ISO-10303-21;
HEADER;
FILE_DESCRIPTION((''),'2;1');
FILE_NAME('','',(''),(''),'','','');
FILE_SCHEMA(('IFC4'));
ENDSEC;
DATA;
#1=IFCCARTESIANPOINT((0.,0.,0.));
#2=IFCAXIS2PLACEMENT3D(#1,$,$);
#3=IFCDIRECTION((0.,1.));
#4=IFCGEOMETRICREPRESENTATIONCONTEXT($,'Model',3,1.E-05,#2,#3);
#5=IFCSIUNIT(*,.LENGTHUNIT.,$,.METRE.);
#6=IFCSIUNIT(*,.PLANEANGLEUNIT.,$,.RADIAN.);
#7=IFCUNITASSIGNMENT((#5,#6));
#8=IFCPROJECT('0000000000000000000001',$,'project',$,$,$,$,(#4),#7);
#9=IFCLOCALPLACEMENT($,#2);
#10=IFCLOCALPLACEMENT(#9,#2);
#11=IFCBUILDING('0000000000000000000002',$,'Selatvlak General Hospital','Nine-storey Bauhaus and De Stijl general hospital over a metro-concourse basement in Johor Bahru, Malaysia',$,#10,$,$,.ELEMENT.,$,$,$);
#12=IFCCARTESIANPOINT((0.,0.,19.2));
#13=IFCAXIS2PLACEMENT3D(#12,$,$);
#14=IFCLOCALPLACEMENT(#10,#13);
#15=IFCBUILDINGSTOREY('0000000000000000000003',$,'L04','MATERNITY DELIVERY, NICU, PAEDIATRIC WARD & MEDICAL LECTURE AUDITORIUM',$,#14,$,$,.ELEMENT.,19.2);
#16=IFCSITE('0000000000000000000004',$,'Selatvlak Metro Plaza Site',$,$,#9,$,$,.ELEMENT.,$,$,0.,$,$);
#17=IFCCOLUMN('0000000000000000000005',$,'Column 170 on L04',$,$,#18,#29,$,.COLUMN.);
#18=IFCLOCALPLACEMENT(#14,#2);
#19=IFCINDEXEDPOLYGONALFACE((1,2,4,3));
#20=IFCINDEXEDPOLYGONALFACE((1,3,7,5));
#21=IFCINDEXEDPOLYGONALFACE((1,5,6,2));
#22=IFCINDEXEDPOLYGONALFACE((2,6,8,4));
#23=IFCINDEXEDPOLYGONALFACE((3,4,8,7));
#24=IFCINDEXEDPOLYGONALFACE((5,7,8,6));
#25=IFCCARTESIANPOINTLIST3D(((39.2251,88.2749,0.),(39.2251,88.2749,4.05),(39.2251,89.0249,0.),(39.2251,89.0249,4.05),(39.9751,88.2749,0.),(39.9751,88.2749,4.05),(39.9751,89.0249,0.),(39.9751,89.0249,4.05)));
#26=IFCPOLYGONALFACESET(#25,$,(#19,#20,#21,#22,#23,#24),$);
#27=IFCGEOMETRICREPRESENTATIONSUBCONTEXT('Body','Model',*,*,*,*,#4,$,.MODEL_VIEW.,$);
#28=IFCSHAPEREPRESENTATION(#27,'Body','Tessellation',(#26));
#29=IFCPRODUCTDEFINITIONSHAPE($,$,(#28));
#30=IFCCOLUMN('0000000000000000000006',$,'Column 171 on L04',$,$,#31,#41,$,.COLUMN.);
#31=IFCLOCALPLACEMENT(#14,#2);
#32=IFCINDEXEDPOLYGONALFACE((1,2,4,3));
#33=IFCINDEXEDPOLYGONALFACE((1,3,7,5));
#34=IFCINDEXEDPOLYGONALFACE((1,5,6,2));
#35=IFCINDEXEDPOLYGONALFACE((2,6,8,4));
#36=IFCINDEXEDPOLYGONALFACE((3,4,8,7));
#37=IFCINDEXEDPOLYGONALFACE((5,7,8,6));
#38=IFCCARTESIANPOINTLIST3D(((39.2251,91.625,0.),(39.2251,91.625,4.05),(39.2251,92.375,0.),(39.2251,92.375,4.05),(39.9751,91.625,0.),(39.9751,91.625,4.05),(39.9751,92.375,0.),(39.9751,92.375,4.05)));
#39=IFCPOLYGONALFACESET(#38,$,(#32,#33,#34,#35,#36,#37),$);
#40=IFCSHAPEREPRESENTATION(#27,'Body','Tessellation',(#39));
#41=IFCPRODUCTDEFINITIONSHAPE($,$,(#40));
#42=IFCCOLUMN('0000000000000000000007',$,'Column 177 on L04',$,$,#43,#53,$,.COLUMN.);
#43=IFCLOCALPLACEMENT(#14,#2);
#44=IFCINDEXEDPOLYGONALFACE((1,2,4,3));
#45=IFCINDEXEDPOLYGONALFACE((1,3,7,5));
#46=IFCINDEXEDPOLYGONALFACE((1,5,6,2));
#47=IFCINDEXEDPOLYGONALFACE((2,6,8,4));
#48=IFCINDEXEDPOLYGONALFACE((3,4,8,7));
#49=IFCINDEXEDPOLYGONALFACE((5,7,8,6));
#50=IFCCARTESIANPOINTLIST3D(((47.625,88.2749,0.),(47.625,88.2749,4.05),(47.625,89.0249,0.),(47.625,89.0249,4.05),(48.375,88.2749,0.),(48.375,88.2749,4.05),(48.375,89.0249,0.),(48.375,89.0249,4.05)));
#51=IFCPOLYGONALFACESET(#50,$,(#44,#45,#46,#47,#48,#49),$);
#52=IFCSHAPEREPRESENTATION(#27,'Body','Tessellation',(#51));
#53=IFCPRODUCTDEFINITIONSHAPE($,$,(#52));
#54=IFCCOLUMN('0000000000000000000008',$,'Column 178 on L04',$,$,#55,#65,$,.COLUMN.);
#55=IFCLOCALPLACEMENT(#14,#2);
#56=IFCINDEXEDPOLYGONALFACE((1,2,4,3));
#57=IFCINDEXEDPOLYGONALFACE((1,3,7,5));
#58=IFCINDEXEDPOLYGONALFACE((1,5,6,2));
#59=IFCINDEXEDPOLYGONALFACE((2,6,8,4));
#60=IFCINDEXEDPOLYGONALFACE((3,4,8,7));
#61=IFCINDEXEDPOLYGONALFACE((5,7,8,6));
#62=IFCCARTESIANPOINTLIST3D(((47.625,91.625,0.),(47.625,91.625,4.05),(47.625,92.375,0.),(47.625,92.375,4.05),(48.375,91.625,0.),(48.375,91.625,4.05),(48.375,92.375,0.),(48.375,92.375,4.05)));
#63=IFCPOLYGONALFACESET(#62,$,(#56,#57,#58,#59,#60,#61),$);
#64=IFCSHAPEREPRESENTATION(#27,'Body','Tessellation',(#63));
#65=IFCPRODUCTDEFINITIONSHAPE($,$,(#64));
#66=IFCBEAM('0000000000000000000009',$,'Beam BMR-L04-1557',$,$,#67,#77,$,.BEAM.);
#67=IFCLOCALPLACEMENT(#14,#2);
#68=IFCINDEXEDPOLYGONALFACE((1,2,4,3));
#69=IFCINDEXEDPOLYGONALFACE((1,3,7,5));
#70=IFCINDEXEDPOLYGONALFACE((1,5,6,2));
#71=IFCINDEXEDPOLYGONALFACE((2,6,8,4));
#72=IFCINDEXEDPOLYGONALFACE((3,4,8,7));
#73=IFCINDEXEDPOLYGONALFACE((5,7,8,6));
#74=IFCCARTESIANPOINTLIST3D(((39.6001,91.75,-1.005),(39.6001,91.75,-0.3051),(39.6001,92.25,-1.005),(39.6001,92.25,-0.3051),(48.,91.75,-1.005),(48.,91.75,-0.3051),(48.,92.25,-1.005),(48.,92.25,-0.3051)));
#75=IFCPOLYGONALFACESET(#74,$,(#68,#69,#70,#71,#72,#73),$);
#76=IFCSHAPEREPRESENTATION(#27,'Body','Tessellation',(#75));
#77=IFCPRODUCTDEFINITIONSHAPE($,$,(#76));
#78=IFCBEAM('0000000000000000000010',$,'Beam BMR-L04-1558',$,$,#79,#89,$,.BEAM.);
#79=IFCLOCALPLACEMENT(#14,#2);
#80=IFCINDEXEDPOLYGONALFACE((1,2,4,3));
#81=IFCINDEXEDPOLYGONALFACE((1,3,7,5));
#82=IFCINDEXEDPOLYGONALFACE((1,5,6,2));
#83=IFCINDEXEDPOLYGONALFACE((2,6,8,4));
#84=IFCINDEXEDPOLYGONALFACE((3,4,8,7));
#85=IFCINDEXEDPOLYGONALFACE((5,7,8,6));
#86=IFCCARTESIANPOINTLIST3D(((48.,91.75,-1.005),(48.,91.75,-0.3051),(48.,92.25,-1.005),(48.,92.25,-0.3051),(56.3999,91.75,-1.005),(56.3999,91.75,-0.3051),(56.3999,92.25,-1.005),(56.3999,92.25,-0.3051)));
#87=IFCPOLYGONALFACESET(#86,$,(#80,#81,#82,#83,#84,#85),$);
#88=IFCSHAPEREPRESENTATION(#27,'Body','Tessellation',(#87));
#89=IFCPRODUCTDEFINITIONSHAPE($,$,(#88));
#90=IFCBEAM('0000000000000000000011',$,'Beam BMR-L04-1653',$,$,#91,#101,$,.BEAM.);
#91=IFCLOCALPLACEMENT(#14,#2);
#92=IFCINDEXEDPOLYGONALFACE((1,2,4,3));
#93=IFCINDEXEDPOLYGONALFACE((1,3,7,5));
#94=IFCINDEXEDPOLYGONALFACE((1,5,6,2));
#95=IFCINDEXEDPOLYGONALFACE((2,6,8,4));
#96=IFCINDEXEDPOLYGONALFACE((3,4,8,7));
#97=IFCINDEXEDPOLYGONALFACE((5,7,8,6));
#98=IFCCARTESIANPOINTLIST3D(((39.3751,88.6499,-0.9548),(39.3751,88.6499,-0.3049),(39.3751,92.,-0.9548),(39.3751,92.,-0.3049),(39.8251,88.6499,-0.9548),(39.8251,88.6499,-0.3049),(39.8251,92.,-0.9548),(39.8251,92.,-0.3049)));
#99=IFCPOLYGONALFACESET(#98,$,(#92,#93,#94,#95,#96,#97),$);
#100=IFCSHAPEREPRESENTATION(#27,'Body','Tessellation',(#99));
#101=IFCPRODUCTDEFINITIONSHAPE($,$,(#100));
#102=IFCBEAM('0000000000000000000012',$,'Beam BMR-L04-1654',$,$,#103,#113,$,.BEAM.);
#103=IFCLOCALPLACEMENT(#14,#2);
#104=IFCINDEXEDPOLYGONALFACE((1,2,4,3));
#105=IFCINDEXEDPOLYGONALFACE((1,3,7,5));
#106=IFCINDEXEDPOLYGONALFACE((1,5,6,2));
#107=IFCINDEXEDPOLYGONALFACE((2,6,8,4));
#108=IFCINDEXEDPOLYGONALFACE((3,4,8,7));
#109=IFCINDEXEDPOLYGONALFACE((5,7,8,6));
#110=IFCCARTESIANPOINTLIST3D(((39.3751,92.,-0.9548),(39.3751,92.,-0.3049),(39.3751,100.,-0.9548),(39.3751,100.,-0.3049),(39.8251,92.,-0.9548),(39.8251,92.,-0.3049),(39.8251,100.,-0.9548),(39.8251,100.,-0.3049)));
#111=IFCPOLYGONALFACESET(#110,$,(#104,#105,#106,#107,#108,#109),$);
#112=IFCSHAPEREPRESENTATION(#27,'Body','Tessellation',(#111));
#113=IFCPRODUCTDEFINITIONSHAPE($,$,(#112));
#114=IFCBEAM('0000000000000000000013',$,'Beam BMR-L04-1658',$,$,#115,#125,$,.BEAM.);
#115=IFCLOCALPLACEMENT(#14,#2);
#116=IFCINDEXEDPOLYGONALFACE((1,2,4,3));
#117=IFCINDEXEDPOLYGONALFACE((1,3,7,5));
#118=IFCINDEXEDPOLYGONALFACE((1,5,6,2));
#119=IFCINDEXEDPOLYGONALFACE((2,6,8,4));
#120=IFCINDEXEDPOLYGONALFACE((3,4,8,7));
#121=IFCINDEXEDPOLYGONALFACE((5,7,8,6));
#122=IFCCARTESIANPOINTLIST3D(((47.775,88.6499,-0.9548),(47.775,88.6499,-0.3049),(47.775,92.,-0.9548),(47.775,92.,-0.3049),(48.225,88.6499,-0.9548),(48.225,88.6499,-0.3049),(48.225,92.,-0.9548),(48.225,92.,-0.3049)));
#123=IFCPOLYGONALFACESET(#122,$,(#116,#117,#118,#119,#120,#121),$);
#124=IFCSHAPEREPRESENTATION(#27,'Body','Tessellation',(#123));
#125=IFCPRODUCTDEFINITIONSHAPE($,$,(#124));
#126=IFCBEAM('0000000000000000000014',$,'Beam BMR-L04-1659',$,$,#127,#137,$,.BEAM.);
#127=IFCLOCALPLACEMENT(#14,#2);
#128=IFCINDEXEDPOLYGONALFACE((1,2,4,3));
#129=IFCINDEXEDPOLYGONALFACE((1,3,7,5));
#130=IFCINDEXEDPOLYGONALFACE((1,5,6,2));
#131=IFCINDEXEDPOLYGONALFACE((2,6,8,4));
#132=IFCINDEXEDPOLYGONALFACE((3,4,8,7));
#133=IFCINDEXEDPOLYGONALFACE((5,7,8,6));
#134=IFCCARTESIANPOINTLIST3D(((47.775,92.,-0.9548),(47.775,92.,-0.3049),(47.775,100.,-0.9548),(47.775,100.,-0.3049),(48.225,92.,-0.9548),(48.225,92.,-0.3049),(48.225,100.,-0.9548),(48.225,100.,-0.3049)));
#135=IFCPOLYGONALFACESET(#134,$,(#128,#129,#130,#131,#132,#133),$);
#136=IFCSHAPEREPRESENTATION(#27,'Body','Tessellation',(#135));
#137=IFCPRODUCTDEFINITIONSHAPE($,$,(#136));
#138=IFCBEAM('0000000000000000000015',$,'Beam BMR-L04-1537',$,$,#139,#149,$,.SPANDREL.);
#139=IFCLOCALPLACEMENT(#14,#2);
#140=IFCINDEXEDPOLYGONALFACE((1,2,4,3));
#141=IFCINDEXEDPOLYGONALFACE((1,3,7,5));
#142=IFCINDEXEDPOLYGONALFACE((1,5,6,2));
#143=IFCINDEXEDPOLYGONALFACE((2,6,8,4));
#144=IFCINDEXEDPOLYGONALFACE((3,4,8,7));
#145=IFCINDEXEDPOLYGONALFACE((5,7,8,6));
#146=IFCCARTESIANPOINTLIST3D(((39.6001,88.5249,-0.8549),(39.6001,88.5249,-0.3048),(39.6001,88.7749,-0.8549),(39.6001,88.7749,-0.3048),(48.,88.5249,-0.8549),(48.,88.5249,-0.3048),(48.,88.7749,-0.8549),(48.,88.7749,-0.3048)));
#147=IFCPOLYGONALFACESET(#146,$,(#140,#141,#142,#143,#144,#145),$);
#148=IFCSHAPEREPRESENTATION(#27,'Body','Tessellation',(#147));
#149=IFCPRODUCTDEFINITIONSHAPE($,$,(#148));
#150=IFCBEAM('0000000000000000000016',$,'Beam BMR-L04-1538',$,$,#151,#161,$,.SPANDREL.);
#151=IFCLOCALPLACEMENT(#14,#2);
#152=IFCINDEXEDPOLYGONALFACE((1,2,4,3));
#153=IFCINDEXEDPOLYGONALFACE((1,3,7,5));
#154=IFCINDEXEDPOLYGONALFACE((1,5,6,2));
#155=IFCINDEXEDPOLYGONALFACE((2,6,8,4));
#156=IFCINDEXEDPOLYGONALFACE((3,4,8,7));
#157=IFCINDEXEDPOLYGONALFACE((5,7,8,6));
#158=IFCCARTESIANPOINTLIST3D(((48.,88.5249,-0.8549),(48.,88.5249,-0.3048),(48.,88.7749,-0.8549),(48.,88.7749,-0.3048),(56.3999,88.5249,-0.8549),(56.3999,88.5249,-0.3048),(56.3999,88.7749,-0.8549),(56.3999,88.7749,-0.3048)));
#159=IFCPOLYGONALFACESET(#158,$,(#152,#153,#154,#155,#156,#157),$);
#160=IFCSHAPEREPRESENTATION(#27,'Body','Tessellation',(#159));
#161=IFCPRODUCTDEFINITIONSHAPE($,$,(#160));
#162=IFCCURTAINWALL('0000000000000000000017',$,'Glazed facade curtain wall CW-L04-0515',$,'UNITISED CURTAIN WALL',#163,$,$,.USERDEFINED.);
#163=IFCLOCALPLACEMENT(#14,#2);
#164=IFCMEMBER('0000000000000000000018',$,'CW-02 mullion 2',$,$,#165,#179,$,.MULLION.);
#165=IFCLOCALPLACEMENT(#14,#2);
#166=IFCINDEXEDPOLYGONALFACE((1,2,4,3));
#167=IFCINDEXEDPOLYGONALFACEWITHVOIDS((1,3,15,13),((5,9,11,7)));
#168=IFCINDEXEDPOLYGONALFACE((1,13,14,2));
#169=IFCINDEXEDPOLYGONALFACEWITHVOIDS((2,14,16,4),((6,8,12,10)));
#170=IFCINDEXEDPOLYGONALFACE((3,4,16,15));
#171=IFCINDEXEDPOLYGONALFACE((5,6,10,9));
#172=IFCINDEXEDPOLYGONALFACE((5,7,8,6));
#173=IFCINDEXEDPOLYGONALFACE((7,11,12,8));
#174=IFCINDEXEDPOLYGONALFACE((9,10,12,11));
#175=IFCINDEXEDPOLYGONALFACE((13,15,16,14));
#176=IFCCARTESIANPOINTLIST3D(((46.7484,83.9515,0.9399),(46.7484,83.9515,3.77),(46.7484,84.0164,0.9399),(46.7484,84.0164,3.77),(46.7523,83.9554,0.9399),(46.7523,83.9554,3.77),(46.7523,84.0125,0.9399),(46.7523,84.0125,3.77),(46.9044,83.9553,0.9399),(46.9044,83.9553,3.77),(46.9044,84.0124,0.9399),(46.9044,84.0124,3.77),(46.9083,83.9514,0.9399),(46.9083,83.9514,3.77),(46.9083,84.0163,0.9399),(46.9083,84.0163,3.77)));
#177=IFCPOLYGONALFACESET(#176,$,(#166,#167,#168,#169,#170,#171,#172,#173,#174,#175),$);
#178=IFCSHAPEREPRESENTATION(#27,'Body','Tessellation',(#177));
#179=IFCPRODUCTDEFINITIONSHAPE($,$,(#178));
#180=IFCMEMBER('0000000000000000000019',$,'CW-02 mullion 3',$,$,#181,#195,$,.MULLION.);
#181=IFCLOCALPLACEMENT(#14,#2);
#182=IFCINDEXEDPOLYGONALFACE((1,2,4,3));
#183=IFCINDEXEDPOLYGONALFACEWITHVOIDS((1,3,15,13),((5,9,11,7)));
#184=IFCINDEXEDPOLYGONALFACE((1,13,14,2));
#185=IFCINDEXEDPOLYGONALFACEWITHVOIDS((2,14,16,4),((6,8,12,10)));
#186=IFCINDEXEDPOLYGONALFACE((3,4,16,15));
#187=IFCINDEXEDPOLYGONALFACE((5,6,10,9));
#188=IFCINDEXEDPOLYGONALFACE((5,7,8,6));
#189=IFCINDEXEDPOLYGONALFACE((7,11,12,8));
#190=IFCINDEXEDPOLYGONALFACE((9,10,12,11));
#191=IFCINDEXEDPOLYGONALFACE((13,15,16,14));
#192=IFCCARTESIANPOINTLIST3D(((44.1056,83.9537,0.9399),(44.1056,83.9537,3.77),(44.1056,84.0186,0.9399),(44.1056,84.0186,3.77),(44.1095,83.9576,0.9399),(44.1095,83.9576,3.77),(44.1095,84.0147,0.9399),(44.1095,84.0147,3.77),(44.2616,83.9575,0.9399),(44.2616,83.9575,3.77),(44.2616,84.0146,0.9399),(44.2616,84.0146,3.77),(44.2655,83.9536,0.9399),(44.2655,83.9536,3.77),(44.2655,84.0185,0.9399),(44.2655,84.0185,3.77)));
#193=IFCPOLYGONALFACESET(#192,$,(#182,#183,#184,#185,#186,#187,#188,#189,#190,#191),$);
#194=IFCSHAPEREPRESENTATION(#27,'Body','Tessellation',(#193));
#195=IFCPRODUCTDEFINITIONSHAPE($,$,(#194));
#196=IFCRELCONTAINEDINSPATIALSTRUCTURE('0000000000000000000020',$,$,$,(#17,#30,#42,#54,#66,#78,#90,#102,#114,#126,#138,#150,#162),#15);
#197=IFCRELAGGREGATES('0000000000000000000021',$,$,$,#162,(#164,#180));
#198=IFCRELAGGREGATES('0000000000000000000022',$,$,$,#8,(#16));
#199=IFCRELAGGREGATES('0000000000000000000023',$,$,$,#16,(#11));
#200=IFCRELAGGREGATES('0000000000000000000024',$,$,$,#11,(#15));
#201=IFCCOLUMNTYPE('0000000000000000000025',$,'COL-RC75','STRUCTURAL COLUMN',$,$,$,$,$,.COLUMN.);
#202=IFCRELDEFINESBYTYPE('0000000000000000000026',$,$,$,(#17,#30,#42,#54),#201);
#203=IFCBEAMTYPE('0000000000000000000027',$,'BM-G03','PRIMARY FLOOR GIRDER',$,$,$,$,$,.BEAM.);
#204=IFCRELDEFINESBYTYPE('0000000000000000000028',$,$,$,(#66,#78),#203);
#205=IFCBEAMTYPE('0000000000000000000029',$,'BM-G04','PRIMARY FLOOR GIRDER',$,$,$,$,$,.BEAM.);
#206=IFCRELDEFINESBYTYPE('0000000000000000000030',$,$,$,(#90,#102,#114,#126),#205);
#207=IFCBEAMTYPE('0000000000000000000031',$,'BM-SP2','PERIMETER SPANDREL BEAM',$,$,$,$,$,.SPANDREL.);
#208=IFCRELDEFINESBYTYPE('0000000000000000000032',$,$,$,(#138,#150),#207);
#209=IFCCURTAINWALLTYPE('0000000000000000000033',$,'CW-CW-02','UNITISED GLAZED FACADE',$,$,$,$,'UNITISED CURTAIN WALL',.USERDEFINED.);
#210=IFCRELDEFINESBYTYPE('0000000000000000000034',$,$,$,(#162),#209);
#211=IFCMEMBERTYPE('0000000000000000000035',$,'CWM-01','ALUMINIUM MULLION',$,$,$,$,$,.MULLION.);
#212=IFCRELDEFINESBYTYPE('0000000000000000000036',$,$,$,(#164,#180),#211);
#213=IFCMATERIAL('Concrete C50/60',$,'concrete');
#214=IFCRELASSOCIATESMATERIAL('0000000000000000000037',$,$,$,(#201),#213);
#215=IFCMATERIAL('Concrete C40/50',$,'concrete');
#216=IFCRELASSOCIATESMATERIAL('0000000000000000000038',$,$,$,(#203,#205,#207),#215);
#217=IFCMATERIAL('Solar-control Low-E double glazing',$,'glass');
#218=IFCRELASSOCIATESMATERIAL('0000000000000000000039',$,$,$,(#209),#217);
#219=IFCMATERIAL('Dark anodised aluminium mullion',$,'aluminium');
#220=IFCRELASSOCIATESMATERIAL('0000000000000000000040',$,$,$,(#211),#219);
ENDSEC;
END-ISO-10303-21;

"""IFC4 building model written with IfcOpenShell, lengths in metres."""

from ifc_helpers import new_model, si_unit, direction, frame, origin, origin_2d, place, context, subcontext, project, spatial, rectangle, hollow_rectangle, extrude, material, material_profile, profile_set, type_object, element, aggregate, save


model = new_model("IFC4")

# Units and contexts
model_context = context("Model", 3, precision=1e-05, world=origin(), true_north=direction((0.0, 1.0)))
body_context = subcontext(model_context, "Body", "Model", "MODEL_VIEW")
ifc_project = project(units=[si_unit("LENGTHUNIT", "METRE"), si_unit("PLANEANGLEUNIT", "RADIAN")], contexts=[model_context])

# Site, building, storey
site_placement = place(None, origin())
site = spatial("IfcSite", under=ifc_project, at=site_placement, Name="Selatvlak Metro Plaza Site", CompositionType="ELEMENT", RefElevation=0.0)
building_placement = place(site_placement, origin())
building = spatial("IfcBuilding", under=site, at=building_placement, Name="Selatvlak General Hospital", Description="Nine-storey Bauhaus and De Stijl general hospital over a metro-concourse basement in Johor Bahru, Malaysia", CompositionType="ELEMENT")
storey_placement = place(building_placement, frame((0.0, 0.0, 19.2)))
storey = spatial("IfcBuildingStorey", under=building, at=storey_placement, Name="L04", Description="MATERNITY DELIVERY, NICU, PAEDIATRIC WARD & MEDICAL LECTURE AUDITORIUM", CompositionType="ELEMENT", Elevation=19.2)

# Columns
ifc_material_1 = material(Name="Concrete C50/60", Category="concrete")
ifc_material_profile_1 = material_profile(ifc_material_1, rectangle(XDim=0.75, YDim=0.75, at=origin_2d()), Name="RC-COL 750x750")
ifc_profile_set_1 = profile_set([ifc_material_profile_1], Name="Concrete C50/60")
column_type = type_object("IfcColumnType", Name="COL-RC75", Description="STRUCTURAL COLUMN", PredefinedType="COLUMN", material=ifc_profile_set_1)
for number, where, z_axis, x_axis, name in (
    (1, (39.6001, 88.6499, 0.0), (0.0, 0.0, 1.0), (1.0, 0.0, 0.0), "Column 170 on L04"),
    (2, (39.6001, 92.0, 0.0), (0.0, 0.0, 1.0), (1.0, 0.0, 0.0), "Column 171 on L04"),
    (3, (48.0, 88.6499, 0.0), (0.0, 0.0, 1.0), (1.0, 0.0, 0.0), "Column 177 on L04"),
    (4, (48.0, 92.0, 0.0), (0.0, 0.0, 1.0), (1.0, 0.0, 0.0), "Column 178 on L04"),
):
    element("IfcColumn", number, at=place(storey_placement, frame(where, z_axis=z_axis, x_axis=x_axis)), inside=storey, type_object=column_type, Name=name, PredefinedType="COLUMN", context=body_context, shape_type="SweptSolid", body=[
        extrude(rectangle(XDim=0.75, YDim=0.75, at=origin_2d()), origin(), (0.0, 0.0, 1.0), 4.05),
    ])

# Beams
ifc_material_2 = material(Name="Concrete C40/50", Category="concrete")
ifc_material_profile_2 = material_profile(ifc_material_2, rectangle(XDim=0.5, YDim=0.7, at=origin_2d()), Name="RC-BM 500x700")
ifc_profile_set_2 = profile_set([ifc_material_profile_2], Name="Concrete C40/50")
beam_type_1 = type_object("IfcBeamType", Name="BM-G03", Description="PRIMARY FLOOR GIRDER", PredefinedType="BEAM", material=ifc_profile_set_2)
for number, where, z_axis, x_axis, name in (
    (5, (39.6001, 92.0, -0.655), (1.0, 0.0, 0.0), (0.0, 1.0, 0.0), "Beam BMR-L04-1557"),
    (6, (48.0, 92.0, -0.655), (1.0, 0.0, 0.0), (0.0, 1.0, 0.0), "Beam BMR-L04-1558"),
):
    element("IfcBeam", number, at=place(storey_placement, frame(where, z_axis=z_axis, x_axis=x_axis)), inside=storey, type_object=beam_type_1, Name=name, PredefinedType="BEAM", context=body_context, shape_type="SweptSolid", body=[
        extrude(rectangle(XDim=0.5, YDim=0.7, at=origin_2d()), origin(), (0.0, 0.0, 1.0), 8.3999),
    ])
ifc_material_profile_3 = material_profile(ifc_material_2, rectangle(XDim=0.45, YDim=0.6499, at=origin_2d()), Name="RC-BM 450x650")
ifc_profile_set_3 = profile_set([ifc_material_profile_3], Name="Concrete C40/50")
beam_type_2 = type_object("IfcBeamType", Name="BM-G04", Description="PRIMARY FLOOR GIRDER", PredefinedType="BEAM", material=ifc_profile_set_3)
beam_1_placement = place(storey_placement, frame((39.6001, 88.6499, -0.6299), z_axis=(0.0, 1.0, 0.0), x_axis=(-1.0, 0.0, 0.0)))
element("IfcBeam", 7, at=beam_1_placement, inside=storey, type_object=beam_type_2, Name="Beam BMR-L04-1653", PredefinedType="BEAM", context=body_context, shape_type="SweptSolid", body=[
    extrude(rectangle(XDim=0.45, YDim=0.6499, at=origin_2d()), origin(), (0.0, 0.0, 1.0), 3.3501),
])
beam_2_placement = place(storey_placement, frame((39.6001, 92.0, -0.6299), z_axis=(0.0, 1.0, 0.0), x_axis=(-1.0, 0.0, 0.0)))
element("IfcBeam", 8, at=beam_2_placement, inside=storey, type_object=beam_type_2, Name="Beam BMR-L04-1654", PredefinedType="BEAM", context=body_context, shape_type="SweptSolid", body=[
    extrude(rectangle(XDim=0.45, YDim=0.6499, at=origin_2d()), origin(), (0.0, 0.0, 1.0), 8.0),
])
beam_3_placement = place(storey_placement, frame((48.0, 88.6499, -0.6299), z_axis=(0.0, 1.0, 0.0), x_axis=(-1.0, 0.0, 0.0)))
element("IfcBeam", 9, at=beam_3_placement, inside=storey, type_object=beam_type_2, Name="Beam BMR-L04-1658", PredefinedType="BEAM", context=body_context, shape_type="SweptSolid", body=[
    extrude(rectangle(XDim=0.45, YDim=0.6499, at=origin_2d()), origin(), (0.0, 0.0, 1.0), 3.3501),
])
beam_4_placement = place(storey_placement, frame((48.0, 92.0, -0.6299), z_axis=(0.0, 1.0, 0.0), x_axis=(-1.0, 0.0, 0.0)))
element("IfcBeam", 10, at=beam_4_placement, inside=storey, type_object=beam_type_2, Name="Beam BMR-L04-1659", PredefinedType="BEAM", context=body_context, shape_type="SweptSolid", body=[
    extrude(rectangle(XDim=0.45, YDim=0.6499, at=origin_2d()), origin(), (0.0, 0.0, 1.0), 8.0),
])
ifc_material_profile_4 = material_profile(ifc_material_2, rectangle(XDim=0.25, YDim=0.55, at=origin_2d()), Name="RC-SP 250x550")
ifc_profile_set_4 = profile_set([ifc_material_profile_4], Name="Concrete C40/50")
beam_type_3 = type_object("IfcBeamType", Name="BM-SP2", Description="PERIMETER SPANDREL BEAM", PredefinedType="SPANDREL", material=ifc_profile_set_4)
for number, where, z_axis, x_axis, name in (
    (11, (39.6001, 88.6499, -0.5798), (1.0, 0.0, 0.0), (0.0, 1.0, 0.0), "Beam BMR-L04-1537"),
    (12, (48.0, 88.6499, -0.5798), (1.0, 0.0, 0.0), (0.0, 1.0, 0.0), "Beam BMR-L04-1538"),
):
    element("IfcBeam", number, at=place(storey_placement, frame(where, z_axis=z_axis, x_axis=x_axis)), inside=storey, type_object=beam_type_3, Name=name, PredefinedType="SPANDREL", context=body_context, shape_type="SweptSolid", body=[
        extrude(rectangle(XDim=0.25, YDim=0.55, at=origin_2d()), origin(), (0.0, 0.0, 1.0), 8.3999),
    ])

# Curtain wall, members
ifc_material_3 = material(Name="Solar-control Low-E double glazing", Category="glass")
curtain_wall_type_1 = type_object("IfcCurtainWallType", Name="CW-CW-02", Description="UNITISED GLAZED FACADE", ElementType="UNITISED CURTAIN WALL", PredefinedType="USERDEFINED", material=ifc_material_3)
curtain_wall_1_placement = place(storey_placement, origin())
curtain_wall_1 = element("IfcCurtainWall", 13, at=curtain_wall_1_placement, inside=storey, type_object=curtain_wall_type_1, Name="Glazed facade curtain wall CW-L04-0515", ObjectType="UNITISED CURTAIN WALL", PredefinedType="USERDEFINED")
ifc_material_4 = material(Name="Dark anodised aluminium mullion", Category="aluminium")
ifc_material_profile_5 = material_profile(ifc_material_4, hollow_rectangle(XDim=0.0649, YDim=0.1599, WallThickness=0.0039, at=origin_2d()), Name="AL-MUL 65x160x4")
ifc_profile_set_5 = profile_set([ifc_material_profile_5], Name="Dark anodised aluminium mullion")
member_type_1 = type_object("IfcMemberType", Name="CWM-01", Description="ALUMINIUM MULLION", PredefinedType="MULLION", material=ifc_profile_set_5)
member_1_placement = place(storey_placement, frame((46.8284, 83.9839, 0.9399), z_axis=(0.0, 0.0, 1.0), x_axis=(-0.000757, -1.0, 0.0)))
member_1 = element("IfcMember", 14, at=member_1_placement, type_object=member_type_1, Name="CW-02 mullion 2", PredefinedType="MULLION", context=body_context, shape_type="SweptSolid", body=[
    extrude(hollow_rectangle(XDim=0.0649, YDim=0.1599, WallThickness=0.0039, at=origin_2d()), origin(), (0.0, 0.0, 1.0), 2.8301),
])
member_2_placement = place(storey_placement, frame((44.1855, 83.9861, 0.9399), z_axis=(0.0, 0.0, 1.0), x_axis=(-0.000757, -1.0, 0.0)))
member_2 = element("IfcMember", 15, at=member_2_placement, type_object=member_type_1, Name="CW-02 mullion 3", PredefinedType="MULLION", context=body_context, shape_type="SweptSolid", body=[
    extrude(hollow_rectangle(XDim=0.0649, YDim=0.1599, WallThickness=0.0039, at=origin_2d()), origin(), (0.0, 0.0, 1.0), 2.8301),
])

aggregate(curtain_wall_1, [member_1, member_2])

save(model, "model.ifc")
